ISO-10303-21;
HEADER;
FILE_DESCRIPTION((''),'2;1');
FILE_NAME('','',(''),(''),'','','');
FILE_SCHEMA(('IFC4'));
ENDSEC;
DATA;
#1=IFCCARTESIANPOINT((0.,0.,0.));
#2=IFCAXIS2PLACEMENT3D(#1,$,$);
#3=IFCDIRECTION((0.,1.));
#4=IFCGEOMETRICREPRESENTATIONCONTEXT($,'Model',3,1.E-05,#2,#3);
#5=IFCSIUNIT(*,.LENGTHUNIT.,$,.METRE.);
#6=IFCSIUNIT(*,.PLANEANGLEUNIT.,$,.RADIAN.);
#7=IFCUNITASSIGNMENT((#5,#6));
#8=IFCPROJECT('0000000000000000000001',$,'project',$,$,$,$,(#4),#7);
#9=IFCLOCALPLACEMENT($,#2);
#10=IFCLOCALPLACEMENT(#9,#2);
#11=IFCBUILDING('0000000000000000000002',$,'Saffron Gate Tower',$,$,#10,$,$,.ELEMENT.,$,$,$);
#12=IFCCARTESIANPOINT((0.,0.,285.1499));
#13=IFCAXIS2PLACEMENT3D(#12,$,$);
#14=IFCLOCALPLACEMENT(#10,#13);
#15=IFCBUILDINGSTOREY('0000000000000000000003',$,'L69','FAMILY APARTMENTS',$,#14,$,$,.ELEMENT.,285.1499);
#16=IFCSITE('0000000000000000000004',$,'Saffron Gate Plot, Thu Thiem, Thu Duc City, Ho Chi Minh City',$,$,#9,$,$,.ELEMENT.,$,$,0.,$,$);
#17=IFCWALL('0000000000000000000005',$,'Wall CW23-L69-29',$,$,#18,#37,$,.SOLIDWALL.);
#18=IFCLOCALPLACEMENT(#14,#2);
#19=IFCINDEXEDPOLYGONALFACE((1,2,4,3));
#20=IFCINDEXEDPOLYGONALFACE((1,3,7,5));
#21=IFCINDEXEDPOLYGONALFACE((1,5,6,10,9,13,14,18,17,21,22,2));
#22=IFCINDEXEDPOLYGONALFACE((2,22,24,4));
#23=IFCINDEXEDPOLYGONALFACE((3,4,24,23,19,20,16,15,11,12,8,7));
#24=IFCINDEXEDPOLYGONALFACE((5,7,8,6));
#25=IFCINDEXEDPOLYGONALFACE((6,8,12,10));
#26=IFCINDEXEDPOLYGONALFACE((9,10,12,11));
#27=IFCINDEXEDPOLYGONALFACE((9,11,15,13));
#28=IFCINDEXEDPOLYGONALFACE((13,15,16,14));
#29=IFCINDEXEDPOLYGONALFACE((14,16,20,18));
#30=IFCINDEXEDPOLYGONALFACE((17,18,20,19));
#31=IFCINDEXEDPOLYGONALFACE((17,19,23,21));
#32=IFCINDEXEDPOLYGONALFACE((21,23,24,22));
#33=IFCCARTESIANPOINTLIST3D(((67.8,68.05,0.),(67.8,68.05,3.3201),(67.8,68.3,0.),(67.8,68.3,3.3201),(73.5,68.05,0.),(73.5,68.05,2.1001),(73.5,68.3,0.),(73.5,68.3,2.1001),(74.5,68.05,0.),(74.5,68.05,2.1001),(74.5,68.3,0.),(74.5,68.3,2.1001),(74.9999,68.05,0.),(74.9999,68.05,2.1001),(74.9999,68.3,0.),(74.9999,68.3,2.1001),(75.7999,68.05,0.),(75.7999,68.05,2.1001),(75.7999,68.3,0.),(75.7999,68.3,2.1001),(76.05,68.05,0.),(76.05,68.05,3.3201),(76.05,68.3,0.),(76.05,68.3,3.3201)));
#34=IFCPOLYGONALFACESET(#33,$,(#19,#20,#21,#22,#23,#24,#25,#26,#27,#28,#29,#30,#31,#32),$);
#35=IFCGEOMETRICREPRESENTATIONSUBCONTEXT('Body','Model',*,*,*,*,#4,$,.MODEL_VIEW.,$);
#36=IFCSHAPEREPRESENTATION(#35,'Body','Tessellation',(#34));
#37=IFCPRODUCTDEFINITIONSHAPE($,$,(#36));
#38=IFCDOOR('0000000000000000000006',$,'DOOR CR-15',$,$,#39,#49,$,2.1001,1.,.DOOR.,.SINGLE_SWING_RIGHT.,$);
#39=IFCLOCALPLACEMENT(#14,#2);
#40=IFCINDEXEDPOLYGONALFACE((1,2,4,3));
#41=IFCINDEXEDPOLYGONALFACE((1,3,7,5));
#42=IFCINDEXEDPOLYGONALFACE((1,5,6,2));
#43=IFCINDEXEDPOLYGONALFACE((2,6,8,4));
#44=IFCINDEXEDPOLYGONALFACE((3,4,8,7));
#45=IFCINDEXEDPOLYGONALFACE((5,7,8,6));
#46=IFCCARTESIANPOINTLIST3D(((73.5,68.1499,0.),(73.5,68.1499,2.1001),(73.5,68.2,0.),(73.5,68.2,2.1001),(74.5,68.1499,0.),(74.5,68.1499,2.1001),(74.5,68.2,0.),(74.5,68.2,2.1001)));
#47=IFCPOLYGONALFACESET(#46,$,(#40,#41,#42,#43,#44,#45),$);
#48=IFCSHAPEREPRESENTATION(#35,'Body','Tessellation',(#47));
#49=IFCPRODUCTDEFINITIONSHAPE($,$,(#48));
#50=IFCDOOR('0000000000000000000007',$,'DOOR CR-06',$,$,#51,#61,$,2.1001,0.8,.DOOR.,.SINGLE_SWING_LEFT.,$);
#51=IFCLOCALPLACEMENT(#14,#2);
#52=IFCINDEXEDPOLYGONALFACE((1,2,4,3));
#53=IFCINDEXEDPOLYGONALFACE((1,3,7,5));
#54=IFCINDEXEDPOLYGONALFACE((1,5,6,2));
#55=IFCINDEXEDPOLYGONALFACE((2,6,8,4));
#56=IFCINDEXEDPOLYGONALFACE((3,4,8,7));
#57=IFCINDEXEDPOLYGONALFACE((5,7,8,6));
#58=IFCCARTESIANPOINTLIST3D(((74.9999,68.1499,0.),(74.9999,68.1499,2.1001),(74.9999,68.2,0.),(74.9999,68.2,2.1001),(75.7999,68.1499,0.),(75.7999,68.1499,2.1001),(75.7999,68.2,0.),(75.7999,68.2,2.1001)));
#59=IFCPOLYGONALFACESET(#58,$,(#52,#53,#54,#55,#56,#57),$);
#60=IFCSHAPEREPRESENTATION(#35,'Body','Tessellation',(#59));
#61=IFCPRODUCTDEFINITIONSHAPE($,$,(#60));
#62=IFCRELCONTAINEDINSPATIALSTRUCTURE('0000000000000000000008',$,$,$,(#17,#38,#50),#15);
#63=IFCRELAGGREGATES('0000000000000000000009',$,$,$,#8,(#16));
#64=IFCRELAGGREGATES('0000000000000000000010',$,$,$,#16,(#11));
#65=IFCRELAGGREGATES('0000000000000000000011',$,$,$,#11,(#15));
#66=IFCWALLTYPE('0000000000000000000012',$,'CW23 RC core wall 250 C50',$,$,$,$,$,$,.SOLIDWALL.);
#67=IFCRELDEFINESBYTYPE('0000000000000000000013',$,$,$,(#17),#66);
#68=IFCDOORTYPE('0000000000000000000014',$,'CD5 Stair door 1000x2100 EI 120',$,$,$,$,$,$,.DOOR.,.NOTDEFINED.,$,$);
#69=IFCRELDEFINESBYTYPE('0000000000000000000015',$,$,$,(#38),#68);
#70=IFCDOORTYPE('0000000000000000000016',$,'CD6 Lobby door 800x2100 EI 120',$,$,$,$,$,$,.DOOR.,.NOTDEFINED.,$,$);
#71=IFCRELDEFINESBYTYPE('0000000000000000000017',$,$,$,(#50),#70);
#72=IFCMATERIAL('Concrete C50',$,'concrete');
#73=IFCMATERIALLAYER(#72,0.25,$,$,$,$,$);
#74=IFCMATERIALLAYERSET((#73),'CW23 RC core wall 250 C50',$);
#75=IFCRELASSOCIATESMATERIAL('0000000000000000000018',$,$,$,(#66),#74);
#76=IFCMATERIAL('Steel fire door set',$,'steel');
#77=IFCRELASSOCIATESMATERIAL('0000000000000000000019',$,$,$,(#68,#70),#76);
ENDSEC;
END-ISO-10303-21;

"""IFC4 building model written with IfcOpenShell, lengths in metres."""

from ifc_helpers import new_model, si_unit, direction, frame, frame_2d, origin, place, context, subcontext, project, spatial, rectangle, extrude, material, layer, layer_set, type_object, element, fill, save


model = new_model("IFC4")

# Units and contexts
model_context = context("Model", 3, precision=1e-05, world=origin(), true_north=direction((0.0, 1.0)))
body_context = subcontext(model_context, "Body", "Model", "MODEL_VIEW")
ifc_project = project(units=[si_unit("LENGTHUNIT", "METRE"), si_unit("PLANEANGLEUNIT", "RADIAN")], contexts=[model_context])

# Site, building, storey
site_placement = place(None, origin())
site = spatial("IfcSite", under=ifc_project, at=site_placement, Name="Saffron Gate Plot, Thu Thiem, Thu Duc City, Ho Chi Minh City", CompositionType="ELEMENT", RefElevation=0.0)
building_placement = place(site_placement, origin())
building = spatial("IfcBuilding", under=site, at=building_placement, Name="Saffron Gate Tower", CompositionType="ELEMENT")
storey_placement = place(building_placement, frame((0.0, 0.0, 285.1499)))
storey = spatial("IfcBuildingStorey", under=building, at=storey_placement, Name="L69", Description="FAMILY APARTMENTS", CompositionType="ELEMENT", Elevation=285.1499)

# Wall, openings, doors
ifc_material_1 = material(Name="Concrete C50", Category="concrete")
ifc_layer_1 = layer(ifc_material_1, 0.25)
ifc_layer_set_1 = layer_set([ifc_layer_1], Name="CW23 RC core wall 250 C50")
wall_type_1 = type_object("IfcWallType", Name="CW23 RC core wall 250 C50", PredefinedType="SOLIDWALL", material=ifc_layer_set_1)
wall_1_placement = place(storey_placement, frame((67.8, 68.175, 0.0), z_axis=(0.0, 0.0, 1.0), x_axis=(1.0, 0.0, 0.0)))
wall_1 = element("IfcWall", 1, at=wall_1_placement, inside=storey, type_object=wall_type_1, Name="Wall CW23-L69-29", PredefinedType="SOLIDWALL", context=body_context, shape_type="SweptSolid", body=[
    extrude(rectangle(XDim=8.25, YDim=0.25, at=frame_2d((4.125, 0.0))), origin(), (0.0, 0.0, 1.0), 3.3201),
])
opening_1_placement = place(wall_1_placement, frame((5.7, 0.0, 0.0)))
opening_1 = element("IfcOpeningElement", 2, at=opening_1_placement, cuts=wall_1, PredefinedType="OPENING", context=body_context, shape_type="SweptSolid", body=[
    extrude(rectangle(XDim=1.0, YDim=2.1001, at=frame_2d((0.5, 1.05))), frame((0.0, 0.135, 0.0), z_axis=(0.0, -1.0, 0.0), x_axis=(1.0, 0.0, 0.0)), (0.0, 0.0, 1.0), 0.27),
])
opening_2_placement = place(wall_1_placement, frame((7.2, 0.0, 0.0)))
opening_2 = element("IfcOpeningElement", 3, at=opening_2_placement, cuts=wall_1, PredefinedType="OPENING", context=body_context, shape_type="SweptSolid", body=[
    extrude(rectangle(XDim=0.8, YDim=2.1001, at=frame_2d((0.3999, 1.05))), frame((0.0, 0.135, 0.0), z_axis=(0.0, -1.0, 0.0), x_axis=(1.0, 0.0, 0.0)), (0.0, 0.0, 1.0), 0.27),
])
ifc_material_2 = material(Name="Steel fire door set", Category="steel")
door_type_1 = type_object("IfcDoorType", Name="CD5 Stair door 1000x2100 EI 120", OperationType="NOTDEFINED", PredefinedType="DOOR", material=ifc_material_2)
door_1_placement = place(opening_1_placement, origin())
door_1 = element("IfcDoor", 4, at=door_1_placement, inside=storey, type_object=door_type_1, Name="DOOR CR-15", OperationType="SINGLE_SWING_RIGHT", OverallHeight=2.1001, OverallWidth=1.0, PredefinedType="DOOR", context=body_context, shape_type="SweptSolid", body=[
    extrude(rectangle(XDim=1.0, YDim=2.1001, at=frame_2d((0.5, 1.05))), frame((0.0, 0.0249, 0.0), z_axis=(0.0, -1.0, 0.0), x_axis=(1.0, 0.0, 0.0)), (0.0, 0.0, 1.0), 0.05),
])
fill(opening_1, door_1)
door_type_2 = type_object("IfcDoorType", Name="CD6 Lobby door 800x2100 EI 120", OperationType="NOTDEFINED", PredefinedType="DOOR", material=ifc_material_2)
door_2_placement = place(opening_2_placement, origin())
door_2 = element("IfcDoor", 5, at=door_2_placement, inside=storey, type_object=door_type_2, Name="DOOR CR-06", OperationType="SINGLE_SWING_LEFT", OverallHeight=2.1001, OverallWidth=0.8, PredefinedType="DOOR", context=body_context, shape_type="SweptSolid", body=[
    extrude(rectangle(XDim=0.8, YDim=2.1001, at=frame_2d((0.3999, 1.05))), frame((0.0, 0.0249, 0.0), z_axis=(0.0, -1.0, 0.0), x_axis=(1.0, 0.0, 0.0)), (0.0, 0.0, 1.0), 0.05),
])
fill(opening_2, door_2)

save(model, "model.ifc")
